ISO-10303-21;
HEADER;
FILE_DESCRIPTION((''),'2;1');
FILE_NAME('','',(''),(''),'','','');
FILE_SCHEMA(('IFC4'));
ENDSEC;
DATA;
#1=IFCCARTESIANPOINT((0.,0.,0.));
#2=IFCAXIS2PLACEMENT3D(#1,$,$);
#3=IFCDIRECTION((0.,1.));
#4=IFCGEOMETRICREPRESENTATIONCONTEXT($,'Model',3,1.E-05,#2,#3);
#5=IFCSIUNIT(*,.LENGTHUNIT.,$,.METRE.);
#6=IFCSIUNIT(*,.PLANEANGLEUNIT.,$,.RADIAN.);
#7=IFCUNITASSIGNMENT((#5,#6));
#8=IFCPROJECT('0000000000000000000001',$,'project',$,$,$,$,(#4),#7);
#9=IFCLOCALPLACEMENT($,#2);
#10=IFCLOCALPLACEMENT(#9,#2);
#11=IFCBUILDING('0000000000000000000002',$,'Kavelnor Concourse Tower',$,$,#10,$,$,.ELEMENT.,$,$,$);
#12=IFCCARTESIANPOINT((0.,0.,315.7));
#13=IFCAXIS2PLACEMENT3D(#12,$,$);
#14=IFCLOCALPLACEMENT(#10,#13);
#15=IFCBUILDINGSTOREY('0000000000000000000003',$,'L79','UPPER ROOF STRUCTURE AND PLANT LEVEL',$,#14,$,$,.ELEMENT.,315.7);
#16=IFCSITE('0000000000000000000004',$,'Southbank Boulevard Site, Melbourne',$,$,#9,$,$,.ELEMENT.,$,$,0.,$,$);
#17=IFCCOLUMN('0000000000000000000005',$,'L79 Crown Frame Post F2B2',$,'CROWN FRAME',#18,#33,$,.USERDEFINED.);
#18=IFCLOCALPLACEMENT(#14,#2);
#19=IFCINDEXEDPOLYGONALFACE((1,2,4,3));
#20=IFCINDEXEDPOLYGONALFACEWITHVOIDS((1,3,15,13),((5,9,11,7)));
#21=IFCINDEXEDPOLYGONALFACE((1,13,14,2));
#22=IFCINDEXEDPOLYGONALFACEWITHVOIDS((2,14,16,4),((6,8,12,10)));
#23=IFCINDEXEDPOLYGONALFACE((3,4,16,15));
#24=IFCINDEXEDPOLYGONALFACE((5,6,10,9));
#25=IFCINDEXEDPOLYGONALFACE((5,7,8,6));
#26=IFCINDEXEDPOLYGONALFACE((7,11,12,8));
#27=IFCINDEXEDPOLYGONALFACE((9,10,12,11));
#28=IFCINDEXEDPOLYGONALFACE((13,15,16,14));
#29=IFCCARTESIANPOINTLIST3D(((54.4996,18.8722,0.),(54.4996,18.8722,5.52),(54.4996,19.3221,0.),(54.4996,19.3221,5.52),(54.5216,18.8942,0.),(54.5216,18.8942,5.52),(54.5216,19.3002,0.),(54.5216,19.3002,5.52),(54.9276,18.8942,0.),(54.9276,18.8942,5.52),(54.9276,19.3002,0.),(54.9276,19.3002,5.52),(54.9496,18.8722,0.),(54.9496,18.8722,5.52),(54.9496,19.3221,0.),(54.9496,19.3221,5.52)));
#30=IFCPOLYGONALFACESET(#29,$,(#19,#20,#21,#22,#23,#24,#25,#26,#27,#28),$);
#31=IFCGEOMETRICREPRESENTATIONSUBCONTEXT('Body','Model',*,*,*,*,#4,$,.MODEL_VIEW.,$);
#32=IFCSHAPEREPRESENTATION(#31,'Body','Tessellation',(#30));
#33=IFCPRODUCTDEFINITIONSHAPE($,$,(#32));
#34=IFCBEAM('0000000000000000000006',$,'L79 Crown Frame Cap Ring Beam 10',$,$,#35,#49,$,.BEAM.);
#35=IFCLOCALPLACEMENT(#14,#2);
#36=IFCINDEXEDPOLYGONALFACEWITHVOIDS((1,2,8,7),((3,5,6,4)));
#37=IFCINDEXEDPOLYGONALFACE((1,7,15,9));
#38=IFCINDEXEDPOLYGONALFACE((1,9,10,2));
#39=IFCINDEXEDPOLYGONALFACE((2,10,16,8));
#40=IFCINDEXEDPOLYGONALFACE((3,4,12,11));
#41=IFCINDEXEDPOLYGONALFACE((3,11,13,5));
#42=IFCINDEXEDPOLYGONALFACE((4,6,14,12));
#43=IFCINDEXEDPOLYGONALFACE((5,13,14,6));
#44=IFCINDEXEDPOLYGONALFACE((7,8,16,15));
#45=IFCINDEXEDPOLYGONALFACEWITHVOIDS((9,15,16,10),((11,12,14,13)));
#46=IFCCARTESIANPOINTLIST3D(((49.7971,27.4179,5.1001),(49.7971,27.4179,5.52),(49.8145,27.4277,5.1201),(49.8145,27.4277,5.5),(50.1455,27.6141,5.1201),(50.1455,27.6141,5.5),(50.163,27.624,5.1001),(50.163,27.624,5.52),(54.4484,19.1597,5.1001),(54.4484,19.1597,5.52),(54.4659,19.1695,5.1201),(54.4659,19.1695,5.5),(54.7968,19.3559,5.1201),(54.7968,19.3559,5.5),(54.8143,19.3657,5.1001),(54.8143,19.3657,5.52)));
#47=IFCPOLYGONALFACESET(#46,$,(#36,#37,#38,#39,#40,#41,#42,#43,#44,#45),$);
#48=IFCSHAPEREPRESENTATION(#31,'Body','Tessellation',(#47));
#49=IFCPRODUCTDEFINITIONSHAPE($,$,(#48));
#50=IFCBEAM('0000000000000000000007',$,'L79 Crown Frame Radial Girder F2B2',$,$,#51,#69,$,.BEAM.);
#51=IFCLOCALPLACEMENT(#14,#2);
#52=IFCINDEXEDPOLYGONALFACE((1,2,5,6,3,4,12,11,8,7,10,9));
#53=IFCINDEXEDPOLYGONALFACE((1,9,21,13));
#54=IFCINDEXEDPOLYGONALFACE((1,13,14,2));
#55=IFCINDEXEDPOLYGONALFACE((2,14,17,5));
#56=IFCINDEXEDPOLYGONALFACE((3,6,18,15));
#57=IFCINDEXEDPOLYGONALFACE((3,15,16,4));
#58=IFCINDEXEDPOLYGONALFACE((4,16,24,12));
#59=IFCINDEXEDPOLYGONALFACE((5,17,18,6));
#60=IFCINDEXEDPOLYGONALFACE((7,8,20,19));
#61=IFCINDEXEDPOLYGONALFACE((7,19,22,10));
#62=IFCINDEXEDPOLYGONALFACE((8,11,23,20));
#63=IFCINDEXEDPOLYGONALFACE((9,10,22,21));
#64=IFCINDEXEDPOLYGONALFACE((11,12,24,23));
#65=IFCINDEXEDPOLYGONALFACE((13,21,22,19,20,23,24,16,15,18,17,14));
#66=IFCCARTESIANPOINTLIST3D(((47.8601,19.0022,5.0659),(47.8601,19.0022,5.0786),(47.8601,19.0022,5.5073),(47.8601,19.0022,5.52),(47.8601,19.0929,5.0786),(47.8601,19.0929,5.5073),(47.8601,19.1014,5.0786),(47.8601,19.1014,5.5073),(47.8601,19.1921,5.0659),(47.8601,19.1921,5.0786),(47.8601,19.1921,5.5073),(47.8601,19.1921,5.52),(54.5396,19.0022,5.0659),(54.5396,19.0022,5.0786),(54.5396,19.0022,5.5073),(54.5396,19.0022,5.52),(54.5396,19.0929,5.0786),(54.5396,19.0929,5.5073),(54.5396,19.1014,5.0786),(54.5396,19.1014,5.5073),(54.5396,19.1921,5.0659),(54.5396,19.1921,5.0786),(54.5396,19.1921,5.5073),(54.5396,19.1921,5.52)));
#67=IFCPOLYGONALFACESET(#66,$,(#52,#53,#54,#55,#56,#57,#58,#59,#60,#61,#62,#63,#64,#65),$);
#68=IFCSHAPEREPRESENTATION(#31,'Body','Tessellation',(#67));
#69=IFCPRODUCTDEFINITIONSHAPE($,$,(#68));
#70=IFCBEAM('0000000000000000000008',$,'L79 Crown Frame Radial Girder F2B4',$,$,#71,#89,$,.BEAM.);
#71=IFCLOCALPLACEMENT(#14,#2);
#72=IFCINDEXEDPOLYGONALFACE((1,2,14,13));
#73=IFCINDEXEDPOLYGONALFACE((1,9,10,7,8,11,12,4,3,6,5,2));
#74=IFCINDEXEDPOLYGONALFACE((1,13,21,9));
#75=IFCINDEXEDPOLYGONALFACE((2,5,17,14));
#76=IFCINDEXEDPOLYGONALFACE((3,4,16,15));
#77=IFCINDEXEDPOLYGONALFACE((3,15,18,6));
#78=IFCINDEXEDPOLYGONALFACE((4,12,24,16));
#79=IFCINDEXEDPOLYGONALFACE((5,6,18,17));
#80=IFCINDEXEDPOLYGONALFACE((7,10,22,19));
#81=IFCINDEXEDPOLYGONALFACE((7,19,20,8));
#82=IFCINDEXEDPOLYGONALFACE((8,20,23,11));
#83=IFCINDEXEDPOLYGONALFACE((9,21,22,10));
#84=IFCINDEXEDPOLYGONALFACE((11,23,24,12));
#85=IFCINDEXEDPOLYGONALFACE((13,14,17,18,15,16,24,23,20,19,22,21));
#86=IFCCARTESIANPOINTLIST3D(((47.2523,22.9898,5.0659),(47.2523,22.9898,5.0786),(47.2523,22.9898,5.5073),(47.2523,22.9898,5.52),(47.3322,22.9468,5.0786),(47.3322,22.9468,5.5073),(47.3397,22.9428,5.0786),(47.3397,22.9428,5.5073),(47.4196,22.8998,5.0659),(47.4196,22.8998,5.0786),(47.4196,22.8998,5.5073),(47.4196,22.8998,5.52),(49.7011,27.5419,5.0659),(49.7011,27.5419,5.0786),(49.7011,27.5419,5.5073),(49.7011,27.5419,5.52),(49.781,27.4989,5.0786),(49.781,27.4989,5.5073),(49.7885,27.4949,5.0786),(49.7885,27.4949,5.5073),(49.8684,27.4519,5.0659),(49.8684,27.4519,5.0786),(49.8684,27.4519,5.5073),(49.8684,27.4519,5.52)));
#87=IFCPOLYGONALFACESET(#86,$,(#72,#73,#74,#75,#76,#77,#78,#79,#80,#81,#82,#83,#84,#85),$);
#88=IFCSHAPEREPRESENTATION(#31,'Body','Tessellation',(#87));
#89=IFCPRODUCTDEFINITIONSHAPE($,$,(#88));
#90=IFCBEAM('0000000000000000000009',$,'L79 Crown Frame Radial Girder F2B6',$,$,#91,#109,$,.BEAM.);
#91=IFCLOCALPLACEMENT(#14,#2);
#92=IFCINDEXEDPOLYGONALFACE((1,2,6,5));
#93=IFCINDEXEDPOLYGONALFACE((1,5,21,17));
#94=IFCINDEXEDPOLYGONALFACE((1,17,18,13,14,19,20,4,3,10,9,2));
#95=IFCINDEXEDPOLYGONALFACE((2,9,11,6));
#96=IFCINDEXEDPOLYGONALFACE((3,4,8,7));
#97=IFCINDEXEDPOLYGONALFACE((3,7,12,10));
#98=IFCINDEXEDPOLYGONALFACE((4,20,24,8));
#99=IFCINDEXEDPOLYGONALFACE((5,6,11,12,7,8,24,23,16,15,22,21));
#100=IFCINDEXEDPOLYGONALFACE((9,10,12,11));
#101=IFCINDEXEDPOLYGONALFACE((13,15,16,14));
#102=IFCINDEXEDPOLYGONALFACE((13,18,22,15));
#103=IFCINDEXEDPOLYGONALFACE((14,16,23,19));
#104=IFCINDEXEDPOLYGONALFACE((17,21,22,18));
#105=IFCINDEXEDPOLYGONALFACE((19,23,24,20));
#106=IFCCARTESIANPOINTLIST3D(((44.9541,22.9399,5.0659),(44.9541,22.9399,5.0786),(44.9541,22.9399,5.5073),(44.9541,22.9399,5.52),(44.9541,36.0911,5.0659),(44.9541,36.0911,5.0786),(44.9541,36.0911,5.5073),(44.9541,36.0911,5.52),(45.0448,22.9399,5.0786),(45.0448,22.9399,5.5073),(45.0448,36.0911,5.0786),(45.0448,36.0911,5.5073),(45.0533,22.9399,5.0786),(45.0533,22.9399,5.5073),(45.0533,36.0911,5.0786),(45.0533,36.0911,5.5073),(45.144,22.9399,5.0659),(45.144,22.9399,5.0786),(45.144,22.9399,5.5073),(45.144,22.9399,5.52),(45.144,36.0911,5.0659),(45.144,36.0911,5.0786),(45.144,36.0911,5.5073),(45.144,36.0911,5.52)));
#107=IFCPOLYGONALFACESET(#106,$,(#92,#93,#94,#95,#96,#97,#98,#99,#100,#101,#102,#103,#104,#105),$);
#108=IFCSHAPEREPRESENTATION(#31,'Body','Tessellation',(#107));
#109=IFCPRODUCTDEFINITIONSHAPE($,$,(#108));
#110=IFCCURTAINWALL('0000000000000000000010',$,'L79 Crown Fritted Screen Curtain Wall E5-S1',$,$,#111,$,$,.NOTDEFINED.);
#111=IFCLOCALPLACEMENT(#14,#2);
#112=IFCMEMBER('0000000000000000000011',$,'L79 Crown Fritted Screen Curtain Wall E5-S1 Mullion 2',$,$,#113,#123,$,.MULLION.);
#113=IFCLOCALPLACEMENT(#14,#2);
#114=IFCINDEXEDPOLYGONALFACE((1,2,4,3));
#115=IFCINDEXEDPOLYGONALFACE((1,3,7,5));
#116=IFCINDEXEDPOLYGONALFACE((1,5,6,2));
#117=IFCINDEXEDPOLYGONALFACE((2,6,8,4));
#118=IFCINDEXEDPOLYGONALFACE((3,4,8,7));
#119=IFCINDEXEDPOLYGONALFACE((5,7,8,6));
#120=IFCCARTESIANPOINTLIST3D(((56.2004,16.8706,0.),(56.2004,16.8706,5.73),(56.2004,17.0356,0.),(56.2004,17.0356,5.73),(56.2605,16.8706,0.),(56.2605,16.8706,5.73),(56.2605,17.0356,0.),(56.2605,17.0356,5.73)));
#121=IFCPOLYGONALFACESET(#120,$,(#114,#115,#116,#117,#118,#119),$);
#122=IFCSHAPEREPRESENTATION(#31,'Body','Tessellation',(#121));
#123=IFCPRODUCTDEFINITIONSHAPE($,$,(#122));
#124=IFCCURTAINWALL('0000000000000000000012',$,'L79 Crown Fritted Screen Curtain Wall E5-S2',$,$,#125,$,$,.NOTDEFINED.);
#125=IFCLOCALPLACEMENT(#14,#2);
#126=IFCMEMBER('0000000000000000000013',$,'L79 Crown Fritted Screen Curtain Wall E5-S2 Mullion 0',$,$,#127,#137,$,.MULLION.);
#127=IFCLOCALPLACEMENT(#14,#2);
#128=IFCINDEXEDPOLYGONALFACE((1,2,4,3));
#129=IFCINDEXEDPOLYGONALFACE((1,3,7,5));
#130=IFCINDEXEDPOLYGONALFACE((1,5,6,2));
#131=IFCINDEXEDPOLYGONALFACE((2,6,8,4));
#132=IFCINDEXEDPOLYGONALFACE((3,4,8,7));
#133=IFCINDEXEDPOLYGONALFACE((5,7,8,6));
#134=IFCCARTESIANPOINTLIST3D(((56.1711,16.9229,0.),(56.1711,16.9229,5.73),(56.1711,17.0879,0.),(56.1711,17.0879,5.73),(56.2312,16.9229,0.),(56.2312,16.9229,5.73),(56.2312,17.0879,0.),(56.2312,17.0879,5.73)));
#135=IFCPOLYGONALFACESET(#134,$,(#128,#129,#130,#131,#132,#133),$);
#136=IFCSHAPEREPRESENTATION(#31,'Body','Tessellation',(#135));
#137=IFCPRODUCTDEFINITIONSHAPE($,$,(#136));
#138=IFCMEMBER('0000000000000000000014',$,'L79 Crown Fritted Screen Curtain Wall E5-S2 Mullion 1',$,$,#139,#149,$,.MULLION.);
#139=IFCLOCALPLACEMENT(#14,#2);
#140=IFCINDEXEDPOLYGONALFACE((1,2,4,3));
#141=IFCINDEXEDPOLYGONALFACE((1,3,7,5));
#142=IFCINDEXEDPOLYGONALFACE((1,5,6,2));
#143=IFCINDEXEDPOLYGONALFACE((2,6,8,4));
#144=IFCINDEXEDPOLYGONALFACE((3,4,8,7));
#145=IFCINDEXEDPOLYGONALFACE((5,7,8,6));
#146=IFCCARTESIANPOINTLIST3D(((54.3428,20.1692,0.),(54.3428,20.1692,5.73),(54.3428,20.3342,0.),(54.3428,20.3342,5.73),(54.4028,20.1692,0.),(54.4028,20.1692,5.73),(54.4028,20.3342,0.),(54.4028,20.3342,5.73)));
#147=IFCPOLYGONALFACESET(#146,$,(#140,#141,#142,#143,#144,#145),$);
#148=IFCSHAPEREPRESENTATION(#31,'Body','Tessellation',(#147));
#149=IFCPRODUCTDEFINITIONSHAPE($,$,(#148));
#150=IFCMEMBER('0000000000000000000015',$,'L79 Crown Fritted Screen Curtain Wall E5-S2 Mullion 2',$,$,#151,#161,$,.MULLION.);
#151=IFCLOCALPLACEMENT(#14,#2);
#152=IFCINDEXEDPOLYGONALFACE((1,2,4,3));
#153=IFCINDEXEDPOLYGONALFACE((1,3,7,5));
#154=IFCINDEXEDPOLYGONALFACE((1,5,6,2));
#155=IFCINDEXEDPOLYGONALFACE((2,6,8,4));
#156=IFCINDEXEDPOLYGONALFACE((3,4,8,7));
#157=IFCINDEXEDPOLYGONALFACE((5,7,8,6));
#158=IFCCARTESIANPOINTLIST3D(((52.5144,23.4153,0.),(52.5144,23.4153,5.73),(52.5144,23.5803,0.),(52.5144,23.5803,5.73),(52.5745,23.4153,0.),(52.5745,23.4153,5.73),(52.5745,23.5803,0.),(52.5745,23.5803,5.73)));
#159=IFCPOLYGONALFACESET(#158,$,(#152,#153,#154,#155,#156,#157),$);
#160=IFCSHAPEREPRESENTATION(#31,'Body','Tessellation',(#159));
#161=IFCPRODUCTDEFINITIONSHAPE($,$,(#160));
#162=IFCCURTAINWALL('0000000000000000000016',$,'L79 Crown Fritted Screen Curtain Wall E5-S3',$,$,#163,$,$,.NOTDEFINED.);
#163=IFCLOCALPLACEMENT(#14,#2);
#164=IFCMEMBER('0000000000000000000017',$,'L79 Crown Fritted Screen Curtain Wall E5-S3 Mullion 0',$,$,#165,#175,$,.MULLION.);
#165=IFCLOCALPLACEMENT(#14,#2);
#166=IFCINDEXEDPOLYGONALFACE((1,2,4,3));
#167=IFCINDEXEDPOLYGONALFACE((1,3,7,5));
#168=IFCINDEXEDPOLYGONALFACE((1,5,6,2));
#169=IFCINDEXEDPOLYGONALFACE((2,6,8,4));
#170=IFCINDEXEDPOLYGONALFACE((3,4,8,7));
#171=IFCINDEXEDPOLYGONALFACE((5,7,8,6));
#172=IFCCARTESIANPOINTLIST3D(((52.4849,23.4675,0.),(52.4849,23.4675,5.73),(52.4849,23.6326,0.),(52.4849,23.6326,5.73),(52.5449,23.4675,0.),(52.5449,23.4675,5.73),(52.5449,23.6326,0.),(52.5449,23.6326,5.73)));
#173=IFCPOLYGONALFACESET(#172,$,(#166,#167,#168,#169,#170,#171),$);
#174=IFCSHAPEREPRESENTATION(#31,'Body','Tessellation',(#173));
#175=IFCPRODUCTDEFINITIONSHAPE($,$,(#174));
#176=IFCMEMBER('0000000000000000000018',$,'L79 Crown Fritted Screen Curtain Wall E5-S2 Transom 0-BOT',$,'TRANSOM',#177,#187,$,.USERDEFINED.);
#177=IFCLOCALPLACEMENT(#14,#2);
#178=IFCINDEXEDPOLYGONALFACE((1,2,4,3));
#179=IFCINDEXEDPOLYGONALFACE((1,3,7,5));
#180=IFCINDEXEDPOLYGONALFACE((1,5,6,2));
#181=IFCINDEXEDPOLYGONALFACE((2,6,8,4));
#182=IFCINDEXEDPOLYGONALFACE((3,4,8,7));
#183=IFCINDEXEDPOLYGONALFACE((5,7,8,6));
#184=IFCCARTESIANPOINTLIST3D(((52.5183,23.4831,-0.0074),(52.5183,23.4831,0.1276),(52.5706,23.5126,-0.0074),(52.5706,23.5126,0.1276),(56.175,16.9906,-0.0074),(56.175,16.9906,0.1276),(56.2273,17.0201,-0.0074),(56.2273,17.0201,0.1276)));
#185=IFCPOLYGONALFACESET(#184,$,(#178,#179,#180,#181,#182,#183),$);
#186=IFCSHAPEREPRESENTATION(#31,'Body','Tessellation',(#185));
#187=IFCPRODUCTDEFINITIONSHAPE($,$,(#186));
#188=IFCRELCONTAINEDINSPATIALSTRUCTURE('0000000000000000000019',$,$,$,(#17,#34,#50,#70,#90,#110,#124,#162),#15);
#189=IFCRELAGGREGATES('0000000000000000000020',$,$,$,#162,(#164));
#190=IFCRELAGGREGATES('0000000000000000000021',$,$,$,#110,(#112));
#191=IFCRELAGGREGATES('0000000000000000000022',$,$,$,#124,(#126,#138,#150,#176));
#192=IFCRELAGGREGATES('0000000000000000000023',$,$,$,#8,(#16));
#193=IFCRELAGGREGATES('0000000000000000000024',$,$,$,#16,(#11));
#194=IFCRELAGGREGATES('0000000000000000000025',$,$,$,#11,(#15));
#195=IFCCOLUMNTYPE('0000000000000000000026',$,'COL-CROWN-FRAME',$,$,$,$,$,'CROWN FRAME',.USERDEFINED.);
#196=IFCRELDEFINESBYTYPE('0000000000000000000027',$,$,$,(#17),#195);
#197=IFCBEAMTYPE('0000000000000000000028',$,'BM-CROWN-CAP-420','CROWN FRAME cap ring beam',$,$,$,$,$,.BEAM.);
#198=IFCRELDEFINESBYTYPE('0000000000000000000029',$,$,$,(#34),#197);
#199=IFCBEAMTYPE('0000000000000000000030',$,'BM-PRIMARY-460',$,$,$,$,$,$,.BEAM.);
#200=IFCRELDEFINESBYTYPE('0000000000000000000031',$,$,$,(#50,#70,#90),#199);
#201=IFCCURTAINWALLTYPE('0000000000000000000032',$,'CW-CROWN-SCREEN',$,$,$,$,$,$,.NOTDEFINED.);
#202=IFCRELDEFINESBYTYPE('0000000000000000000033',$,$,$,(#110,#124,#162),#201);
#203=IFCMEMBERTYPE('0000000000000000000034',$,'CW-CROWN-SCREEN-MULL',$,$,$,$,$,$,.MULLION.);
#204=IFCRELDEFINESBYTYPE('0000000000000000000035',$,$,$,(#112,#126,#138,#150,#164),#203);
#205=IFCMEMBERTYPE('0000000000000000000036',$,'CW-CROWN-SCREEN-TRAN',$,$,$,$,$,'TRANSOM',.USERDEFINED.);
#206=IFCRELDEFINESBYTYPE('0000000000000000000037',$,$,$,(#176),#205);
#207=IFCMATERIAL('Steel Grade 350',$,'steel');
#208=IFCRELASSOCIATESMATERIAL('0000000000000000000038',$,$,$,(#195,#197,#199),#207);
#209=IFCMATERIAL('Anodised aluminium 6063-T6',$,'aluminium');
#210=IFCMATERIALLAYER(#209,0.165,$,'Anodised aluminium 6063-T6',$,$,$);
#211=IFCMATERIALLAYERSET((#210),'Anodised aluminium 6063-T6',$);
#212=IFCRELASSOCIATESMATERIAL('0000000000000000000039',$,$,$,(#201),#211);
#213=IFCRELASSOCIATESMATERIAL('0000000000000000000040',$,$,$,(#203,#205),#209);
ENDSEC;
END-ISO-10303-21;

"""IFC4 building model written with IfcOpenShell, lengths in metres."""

from ifc_helpers import new_model, si_unit, direction, frame, origin, origin_2d, place, context, subcontext, project, spatial, rectangle, hollow_rectangle, i_section, extrude, material, layer, layer_set, material_profile, profile_set, type_object, element, aggregate, save


model = new_model("IFC4")

# Units and contexts
model_context = context("Model", 3, precision=1e-05, world=origin(), true_north=direction((0.0, 1.0)))
body_context = subcontext(model_context, "Body", "Model", "MODEL_VIEW")
ifc_project = project(units=[si_unit("LENGTHUNIT", "METRE"), si_unit("PLANEANGLEUNIT", "RADIAN")], contexts=[model_context])

# Site, building, storey
site_placement = place(None, origin())
site = spatial("IfcSite", under=ifc_project, at=site_placement, Name="Southbank Boulevard Site, Melbourne", CompositionType="ELEMENT", RefElevation=0.0)
building_placement = place(site_placement, origin())
building = spatial("IfcBuilding", under=site, at=building_placement, Name="Kavelnor Concourse Tower", CompositionType="ELEMENT")
storey_placement = place(building_placement, frame((0.0, 0.0, 315.7)))
storey = spatial("IfcBuildingStorey", under=building, at=storey_placement, Name="L79", Description="UPPER ROOF STRUCTURE AND PLANT LEVEL", CompositionType="ELEMENT", Elevation=315.7)

# Column
ifc_material_1 = material(Name="Steel Grade 350", Category="steel")
ifc_material_profile_1 = material_profile(ifc_material_1, hollow_rectangle(XDim=0.45, YDim=0.45, WallThickness=0.022, at=origin_2d()), Name="SHS 450x450x22")
ifc_profile_set_1 = profile_set([ifc_material_profile_1], Name="Steel Grade 350")
column_type = type_object("IfcColumnType", Name="COL-CROWN-FRAME", ElementType="CROWN FRAME", PredefinedType="USERDEFINED", material=ifc_profile_set_1)
column_placement = place(storey_placement, frame((54.7246, 19.0972, 0.0), z_axis=(0.0, 0.0, 1.0), x_axis=(1.0, 0.0, 0.0)))
element("IfcColumn", 1, at=column_placement, inside=storey, type_object=column_type, Name="L79 Crown Frame Post F2B2", ObjectType="CROWN FRAME", PredefinedType="USERDEFINED", context=body_context, shape_type="SweptSolid", body=[
    extrude(hollow_rectangle(XDim=0.45, YDim=0.45, WallThickness=0.022, at=origin_2d()), origin(), (0.0, 0.0, 1.0), 5.52),
])

# Beams
ifc_material_profile_2 = material_profile(ifc_material_1, hollow_rectangle(XDim=0.4199, YDim=0.4199, WallThickness=0.02, at=origin_2d()), Name="RHS 420x420x20")
ifc_profile_set_2 = profile_set([ifc_material_profile_2], Name="Steel Grade 350")
beam_type_1 = type_object("IfcBeamType", Name="BM-CROWN-CAP-420", Description="CROWN FRAME cap ring beam", PredefinedType="BEAM", material=ifc_profile_set_2)
beam_1_placement = place(storey_placement, frame((54.6313, 19.2627, 5.3101), z_axis=(-0.490748, 0.871302, 0.0), x_axis=(-0.871302, -0.490748, 0.0)))
element("IfcBeam", 2, at=beam_1_placement, inside=storey, type_object=beam_type_1, Name="L79 Crown Frame Cap Ring Beam 10", PredefinedType="BEAM", context=body_context, shape_type="SweptSolid", body=[
    extrude(hollow_rectangle(XDim=0.4199, YDim=0.4199, WallThickness=0.02, at=origin_2d()), origin(), (0.0, 0.0, 1.0), 9.478),
])
ifc_material_profile_3 = material_profile(ifc_material_1, i_section(OverallWidth=0.1899, OverallDepth=0.4541, WebThickness=0.0085, FlangeThickness=0.0127, at=origin_2d()), Name="460UB67")
ifc_profile_set_3 = profile_set([ifc_material_profile_3], Name="Steel Grade 350")
beam_type_2 = type_object("IfcBeamType", Name="BM-PRIMARY-460", PredefinedType="BEAM", material=ifc_profile_set_3)
beam_2_placement = place(storey_placement, frame((47.8601, 19.0972, 5.293), z_axis=(1.0, 0.0, 0.0), x_axis=(0.0, 1.0, 0.0)))
element("IfcBeam", 3, at=beam_2_placement, inside=storey, type_object=beam_type_2, Name="L79 Crown Frame Radial Girder F2B2", PredefinedType="BEAM", context=body_context, shape_type="SweptSolid", body=[
    extrude(i_section(OverallWidth=0.1899, OverallDepth=0.4541, WebThickness=0.0085, FlangeThickness=0.0127, at=origin_2d()), origin(), (0.0, 0.0, 1.0), 6.6794),
])
beam_3_placement = place(storey_placement, frame((47.3359, 22.9448, 5.293), z_axis=(0.473748, 0.880661, 0.0), x_axis=(-0.880661, 0.473748, 0.0)))
element("IfcBeam", 4, at=beam_3_placement, inside=storey, type_object=beam_type_2, Name="L79 Crown Frame Radial Girder F2B4", PredefinedType="BEAM", context=body_context, shape_type="SweptSolid", body=[
    extrude(i_section(OverallWidth=0.1899, OverallDepth=0.4541, WebThickness=0.0085, FlangeThickness=0.0127, at=origin_2d()), origin(), (0.0, 0.0, 1.0), 5.1689),
])
beam_4_placement = place(storey_placement, frame((45.0491, 22.9399, 5.293), z_axis=(0.0, 1.0, 0.0), x_axis=(-1.0, 0.0, 0.0)))
element("IfcBeam", 5, at=beam_4_placement, inside=storey, type_object=beam_type_2, Name="L79 Crown Frame Radial Girder F2B6", PredefinedType="BEAM", context=body_context, shape_type="SweptSolid", body=[
    extrude(i_section(OverallWidth=0.1899, OverallDepth=0.4541, WebThickness=0.0085, FlangeThickness=0.0127, at=origin_2d()), origin(), (0.0, 0.0, 1.0), 13.1511),
])

# Curtain wall, member
ifc_material_2 = material(Name="Anodised aluminium 6063-T6", Category="aluminium")
ifc_layer_1 = layer(ifc_material_2, 0.165, Name="Anodised aluminium 6063-T6")
ifc_layer_set_1 = layer_set([ifc_layer_1], Name="Anodised aluminium 6063-T6")
curtain_wall_type = type_object("IfcCurtainWallType", Name="CW-CROWN-SCREEN", PredefinedType="NOTDEFINED", material=ifc_layer_set_1)
curtain_wall_1_placement = place(storey_placement, origin())
curtain_wall_1 = element("IfcCurtainWall", 6, at=curtain_wall_1_placement, inside=storey, type_object=curtain_wall_type, Name="L79 Crown Fritted Screen Curtain Wall E5-S1", PredefinedType="NOTDEFINED")
ifc_material_profile_4 = material_profile(ifc_material_2, rectangle(XDim=0.0601, YDim=0.165, at=origin_2d()), Name="AL-MULL 60x165")
ifc_profile_set_4 = profile_set([ifc_material_profile_4], Name="Anodised aluminium 6063-T6")
member_type_1 = type_object("IfcMemberType", Name="CW-CROWN-SCREEN-MULL", PredefinedType="MULLION", material=ifc_profile_set_4)
member_1_placement = place(storey_placement, frame((56.2305, 16.9531, 0.0), z_axis=(0.0, 0.0, 1.0), x_axis=(1.0, 0.0, 0.0)))
member_1 = element("IfcMember", 7, at=member_1_placement, type_object=member_type_1, Name="L79 Crown Fritted Screen Curtain Wall E5-S1 Mullion 2", PredefinedType="MULLION", context=body_context, shape_type="SweptSolid", body=[
    extrude(rectangle(XDim=0.0601, YDim=0.165, at=origin_2d()), origin(), (0.0, 0.0, 1.0), 5.73),
])

# Curtain wall, members
curtain_wall_2_placement = place(storey_placement, origin())
curtain_wall_2 = element("IfcCurtainWall", 8, at=curtain_wall_2_placement, inside=storey, type_object=curtain_wall_type, Name="L79 Crown Fritted Screen Curtain Wall E5-S2", PredefinedType="NOTDEFINED")
member_2_placement = place(storey_placement, frame((56.2012, 17.0054, 0.0), z_axis=(0.0, 0.0, 1.0), x_axis=(1.0, 0.0, 0.0)))
member_2 = element("IfcMember", 9, at=member_2_placement, type_object=member_type_1, Name="L79 Crown Fritted Screen Curtain Wall E5-S2 Mullion 0", PredefinedType="MULLION", context=body_context, shape_type="SweptSolid", body=[
    extrude(rectangle(XDim=0.0601, YDim=0.165, at=origin_2d()), origin(), (0.0, 0.0, 1.0), 5.73),
])
member_3_placement = place(storey_placement, frame((54.3728, 20.2517, 0.0), z_axis=(0.0, 0.0, 1.0), x_axis=(1.0, 0.0, 0.0)))
member_3 = element("IfcMember", 10, at=member_3_placement, type_object=member_type_1, Name="L79 Crown Fritted Screen Curtain Wall E5-S2 Mullion 1", PredefinedType="MULLION", context=body_context, shape_type="SweptSolid", body=[
    extrude(rectangle(XDim=0.0601, YDim=0.165, at=origin_2d()), origin(), (0.0, 0.0, 1.0), 5.73),
])
member_4_placement = place(storey_placement, frame((52.5444, 23.4978, 0.0), z_axis=(0.0, 0.0, 1.0), x_axis=(1.0, 0.0, 0.0)))
member_4 = element("IfcMember", 11, at=member_4_placement, type_object=member_type_1, Name="L79 Crown Fritted Screen Curtain Wall E5-S2 Mullion 2", PredefinedType="MULLION", context=body_context, shape_type="SweptSolid", body=[
    extrude(rectangle(XDim=0.0601, YDim=0.165, at=origin_2d()), origin(), (0.0, 0.0, 1.0), 5.73),
])

# Curtain wall, member
curtain_wall_3_placement = place(storey_placement, origin())
curtain_wall_3 = element("IfcCurtainWall", 12, at=curtain_wall_3_placement, inside=storey, type_object=curtain_wall_type, Name="L79 Crown Fritted Screen Curtain Wall E5-S3", PredefinedType="NOTDEFINED")
member_5_placement = place(storey_placement, frame((52.5149, 23.55, 0.0), z_axis=(0.0, 0.0, 1.0), x_axis=(1.0, 0.0, 0.0)))
member_5 = element("IfcMember", 13, at=member_5_placement, type_object=member_type_1, Name="L79 Crown Fritted Screen Curtain Wall E5-S3 Mullion 0", PredefinedType="MULLION", context=body_context, shape_type="SweptSolid", body=[
    extrude(rectangle(XDim=0.0601, YDim=0.165, at=origin_2d()), origin(), (0.0, 0.0, 1.0), 5.73),
])

# Member
ifc_material_profile_5 = material_profile(ifc_material_2, rectangle(XDim=0.0601, YDim=0.135, at=origin_2d()), Name="AL-TRAN 60x135")
ifc_profile_set_5 = profile_set([ifc_material_profile_5], Name="Anodised aluminium 6063-T6")
member_type_2 = type_object("IfcMemberType", Name="CW-CROWN-SCREEN-TRAN", ElementType="TRANSOM", PredefinedType="USERDEFINED", material=ifc_profile_set_5)
member_6_placement = place(storey_placement, frame((56.2012, 17.0054, 0.0601), z_axis=(-0.490745, 0.871303, 0.0), x_axis=(-0.871303, -0.490745, 0.0)))
member_6 = element("IfcMember", 14, at=member_6_placement, type_object=member_type_2, Name="L79 Crown Fritted Screen Curtain Wall E5-S2 Transom 0-BOT", ObjectType="TRANSOM", PredefinedType="USERDEFINED", context=body_context, shape_type="SweptSolid", body=[
    extrude(rectangle(XDim=0.0601, YDim=0.135, at=origin_2d()), origin(), (0.0, 0.0, 1.0), 7.4514),
])
aggregate(curtain_wall_3, [member_5])

aggregate(curtain_wall_1, [member_1])
aggregate(curtain_wall_2, [member_2, member_3, member_4, member_6])

save(model, "model.ifc")
